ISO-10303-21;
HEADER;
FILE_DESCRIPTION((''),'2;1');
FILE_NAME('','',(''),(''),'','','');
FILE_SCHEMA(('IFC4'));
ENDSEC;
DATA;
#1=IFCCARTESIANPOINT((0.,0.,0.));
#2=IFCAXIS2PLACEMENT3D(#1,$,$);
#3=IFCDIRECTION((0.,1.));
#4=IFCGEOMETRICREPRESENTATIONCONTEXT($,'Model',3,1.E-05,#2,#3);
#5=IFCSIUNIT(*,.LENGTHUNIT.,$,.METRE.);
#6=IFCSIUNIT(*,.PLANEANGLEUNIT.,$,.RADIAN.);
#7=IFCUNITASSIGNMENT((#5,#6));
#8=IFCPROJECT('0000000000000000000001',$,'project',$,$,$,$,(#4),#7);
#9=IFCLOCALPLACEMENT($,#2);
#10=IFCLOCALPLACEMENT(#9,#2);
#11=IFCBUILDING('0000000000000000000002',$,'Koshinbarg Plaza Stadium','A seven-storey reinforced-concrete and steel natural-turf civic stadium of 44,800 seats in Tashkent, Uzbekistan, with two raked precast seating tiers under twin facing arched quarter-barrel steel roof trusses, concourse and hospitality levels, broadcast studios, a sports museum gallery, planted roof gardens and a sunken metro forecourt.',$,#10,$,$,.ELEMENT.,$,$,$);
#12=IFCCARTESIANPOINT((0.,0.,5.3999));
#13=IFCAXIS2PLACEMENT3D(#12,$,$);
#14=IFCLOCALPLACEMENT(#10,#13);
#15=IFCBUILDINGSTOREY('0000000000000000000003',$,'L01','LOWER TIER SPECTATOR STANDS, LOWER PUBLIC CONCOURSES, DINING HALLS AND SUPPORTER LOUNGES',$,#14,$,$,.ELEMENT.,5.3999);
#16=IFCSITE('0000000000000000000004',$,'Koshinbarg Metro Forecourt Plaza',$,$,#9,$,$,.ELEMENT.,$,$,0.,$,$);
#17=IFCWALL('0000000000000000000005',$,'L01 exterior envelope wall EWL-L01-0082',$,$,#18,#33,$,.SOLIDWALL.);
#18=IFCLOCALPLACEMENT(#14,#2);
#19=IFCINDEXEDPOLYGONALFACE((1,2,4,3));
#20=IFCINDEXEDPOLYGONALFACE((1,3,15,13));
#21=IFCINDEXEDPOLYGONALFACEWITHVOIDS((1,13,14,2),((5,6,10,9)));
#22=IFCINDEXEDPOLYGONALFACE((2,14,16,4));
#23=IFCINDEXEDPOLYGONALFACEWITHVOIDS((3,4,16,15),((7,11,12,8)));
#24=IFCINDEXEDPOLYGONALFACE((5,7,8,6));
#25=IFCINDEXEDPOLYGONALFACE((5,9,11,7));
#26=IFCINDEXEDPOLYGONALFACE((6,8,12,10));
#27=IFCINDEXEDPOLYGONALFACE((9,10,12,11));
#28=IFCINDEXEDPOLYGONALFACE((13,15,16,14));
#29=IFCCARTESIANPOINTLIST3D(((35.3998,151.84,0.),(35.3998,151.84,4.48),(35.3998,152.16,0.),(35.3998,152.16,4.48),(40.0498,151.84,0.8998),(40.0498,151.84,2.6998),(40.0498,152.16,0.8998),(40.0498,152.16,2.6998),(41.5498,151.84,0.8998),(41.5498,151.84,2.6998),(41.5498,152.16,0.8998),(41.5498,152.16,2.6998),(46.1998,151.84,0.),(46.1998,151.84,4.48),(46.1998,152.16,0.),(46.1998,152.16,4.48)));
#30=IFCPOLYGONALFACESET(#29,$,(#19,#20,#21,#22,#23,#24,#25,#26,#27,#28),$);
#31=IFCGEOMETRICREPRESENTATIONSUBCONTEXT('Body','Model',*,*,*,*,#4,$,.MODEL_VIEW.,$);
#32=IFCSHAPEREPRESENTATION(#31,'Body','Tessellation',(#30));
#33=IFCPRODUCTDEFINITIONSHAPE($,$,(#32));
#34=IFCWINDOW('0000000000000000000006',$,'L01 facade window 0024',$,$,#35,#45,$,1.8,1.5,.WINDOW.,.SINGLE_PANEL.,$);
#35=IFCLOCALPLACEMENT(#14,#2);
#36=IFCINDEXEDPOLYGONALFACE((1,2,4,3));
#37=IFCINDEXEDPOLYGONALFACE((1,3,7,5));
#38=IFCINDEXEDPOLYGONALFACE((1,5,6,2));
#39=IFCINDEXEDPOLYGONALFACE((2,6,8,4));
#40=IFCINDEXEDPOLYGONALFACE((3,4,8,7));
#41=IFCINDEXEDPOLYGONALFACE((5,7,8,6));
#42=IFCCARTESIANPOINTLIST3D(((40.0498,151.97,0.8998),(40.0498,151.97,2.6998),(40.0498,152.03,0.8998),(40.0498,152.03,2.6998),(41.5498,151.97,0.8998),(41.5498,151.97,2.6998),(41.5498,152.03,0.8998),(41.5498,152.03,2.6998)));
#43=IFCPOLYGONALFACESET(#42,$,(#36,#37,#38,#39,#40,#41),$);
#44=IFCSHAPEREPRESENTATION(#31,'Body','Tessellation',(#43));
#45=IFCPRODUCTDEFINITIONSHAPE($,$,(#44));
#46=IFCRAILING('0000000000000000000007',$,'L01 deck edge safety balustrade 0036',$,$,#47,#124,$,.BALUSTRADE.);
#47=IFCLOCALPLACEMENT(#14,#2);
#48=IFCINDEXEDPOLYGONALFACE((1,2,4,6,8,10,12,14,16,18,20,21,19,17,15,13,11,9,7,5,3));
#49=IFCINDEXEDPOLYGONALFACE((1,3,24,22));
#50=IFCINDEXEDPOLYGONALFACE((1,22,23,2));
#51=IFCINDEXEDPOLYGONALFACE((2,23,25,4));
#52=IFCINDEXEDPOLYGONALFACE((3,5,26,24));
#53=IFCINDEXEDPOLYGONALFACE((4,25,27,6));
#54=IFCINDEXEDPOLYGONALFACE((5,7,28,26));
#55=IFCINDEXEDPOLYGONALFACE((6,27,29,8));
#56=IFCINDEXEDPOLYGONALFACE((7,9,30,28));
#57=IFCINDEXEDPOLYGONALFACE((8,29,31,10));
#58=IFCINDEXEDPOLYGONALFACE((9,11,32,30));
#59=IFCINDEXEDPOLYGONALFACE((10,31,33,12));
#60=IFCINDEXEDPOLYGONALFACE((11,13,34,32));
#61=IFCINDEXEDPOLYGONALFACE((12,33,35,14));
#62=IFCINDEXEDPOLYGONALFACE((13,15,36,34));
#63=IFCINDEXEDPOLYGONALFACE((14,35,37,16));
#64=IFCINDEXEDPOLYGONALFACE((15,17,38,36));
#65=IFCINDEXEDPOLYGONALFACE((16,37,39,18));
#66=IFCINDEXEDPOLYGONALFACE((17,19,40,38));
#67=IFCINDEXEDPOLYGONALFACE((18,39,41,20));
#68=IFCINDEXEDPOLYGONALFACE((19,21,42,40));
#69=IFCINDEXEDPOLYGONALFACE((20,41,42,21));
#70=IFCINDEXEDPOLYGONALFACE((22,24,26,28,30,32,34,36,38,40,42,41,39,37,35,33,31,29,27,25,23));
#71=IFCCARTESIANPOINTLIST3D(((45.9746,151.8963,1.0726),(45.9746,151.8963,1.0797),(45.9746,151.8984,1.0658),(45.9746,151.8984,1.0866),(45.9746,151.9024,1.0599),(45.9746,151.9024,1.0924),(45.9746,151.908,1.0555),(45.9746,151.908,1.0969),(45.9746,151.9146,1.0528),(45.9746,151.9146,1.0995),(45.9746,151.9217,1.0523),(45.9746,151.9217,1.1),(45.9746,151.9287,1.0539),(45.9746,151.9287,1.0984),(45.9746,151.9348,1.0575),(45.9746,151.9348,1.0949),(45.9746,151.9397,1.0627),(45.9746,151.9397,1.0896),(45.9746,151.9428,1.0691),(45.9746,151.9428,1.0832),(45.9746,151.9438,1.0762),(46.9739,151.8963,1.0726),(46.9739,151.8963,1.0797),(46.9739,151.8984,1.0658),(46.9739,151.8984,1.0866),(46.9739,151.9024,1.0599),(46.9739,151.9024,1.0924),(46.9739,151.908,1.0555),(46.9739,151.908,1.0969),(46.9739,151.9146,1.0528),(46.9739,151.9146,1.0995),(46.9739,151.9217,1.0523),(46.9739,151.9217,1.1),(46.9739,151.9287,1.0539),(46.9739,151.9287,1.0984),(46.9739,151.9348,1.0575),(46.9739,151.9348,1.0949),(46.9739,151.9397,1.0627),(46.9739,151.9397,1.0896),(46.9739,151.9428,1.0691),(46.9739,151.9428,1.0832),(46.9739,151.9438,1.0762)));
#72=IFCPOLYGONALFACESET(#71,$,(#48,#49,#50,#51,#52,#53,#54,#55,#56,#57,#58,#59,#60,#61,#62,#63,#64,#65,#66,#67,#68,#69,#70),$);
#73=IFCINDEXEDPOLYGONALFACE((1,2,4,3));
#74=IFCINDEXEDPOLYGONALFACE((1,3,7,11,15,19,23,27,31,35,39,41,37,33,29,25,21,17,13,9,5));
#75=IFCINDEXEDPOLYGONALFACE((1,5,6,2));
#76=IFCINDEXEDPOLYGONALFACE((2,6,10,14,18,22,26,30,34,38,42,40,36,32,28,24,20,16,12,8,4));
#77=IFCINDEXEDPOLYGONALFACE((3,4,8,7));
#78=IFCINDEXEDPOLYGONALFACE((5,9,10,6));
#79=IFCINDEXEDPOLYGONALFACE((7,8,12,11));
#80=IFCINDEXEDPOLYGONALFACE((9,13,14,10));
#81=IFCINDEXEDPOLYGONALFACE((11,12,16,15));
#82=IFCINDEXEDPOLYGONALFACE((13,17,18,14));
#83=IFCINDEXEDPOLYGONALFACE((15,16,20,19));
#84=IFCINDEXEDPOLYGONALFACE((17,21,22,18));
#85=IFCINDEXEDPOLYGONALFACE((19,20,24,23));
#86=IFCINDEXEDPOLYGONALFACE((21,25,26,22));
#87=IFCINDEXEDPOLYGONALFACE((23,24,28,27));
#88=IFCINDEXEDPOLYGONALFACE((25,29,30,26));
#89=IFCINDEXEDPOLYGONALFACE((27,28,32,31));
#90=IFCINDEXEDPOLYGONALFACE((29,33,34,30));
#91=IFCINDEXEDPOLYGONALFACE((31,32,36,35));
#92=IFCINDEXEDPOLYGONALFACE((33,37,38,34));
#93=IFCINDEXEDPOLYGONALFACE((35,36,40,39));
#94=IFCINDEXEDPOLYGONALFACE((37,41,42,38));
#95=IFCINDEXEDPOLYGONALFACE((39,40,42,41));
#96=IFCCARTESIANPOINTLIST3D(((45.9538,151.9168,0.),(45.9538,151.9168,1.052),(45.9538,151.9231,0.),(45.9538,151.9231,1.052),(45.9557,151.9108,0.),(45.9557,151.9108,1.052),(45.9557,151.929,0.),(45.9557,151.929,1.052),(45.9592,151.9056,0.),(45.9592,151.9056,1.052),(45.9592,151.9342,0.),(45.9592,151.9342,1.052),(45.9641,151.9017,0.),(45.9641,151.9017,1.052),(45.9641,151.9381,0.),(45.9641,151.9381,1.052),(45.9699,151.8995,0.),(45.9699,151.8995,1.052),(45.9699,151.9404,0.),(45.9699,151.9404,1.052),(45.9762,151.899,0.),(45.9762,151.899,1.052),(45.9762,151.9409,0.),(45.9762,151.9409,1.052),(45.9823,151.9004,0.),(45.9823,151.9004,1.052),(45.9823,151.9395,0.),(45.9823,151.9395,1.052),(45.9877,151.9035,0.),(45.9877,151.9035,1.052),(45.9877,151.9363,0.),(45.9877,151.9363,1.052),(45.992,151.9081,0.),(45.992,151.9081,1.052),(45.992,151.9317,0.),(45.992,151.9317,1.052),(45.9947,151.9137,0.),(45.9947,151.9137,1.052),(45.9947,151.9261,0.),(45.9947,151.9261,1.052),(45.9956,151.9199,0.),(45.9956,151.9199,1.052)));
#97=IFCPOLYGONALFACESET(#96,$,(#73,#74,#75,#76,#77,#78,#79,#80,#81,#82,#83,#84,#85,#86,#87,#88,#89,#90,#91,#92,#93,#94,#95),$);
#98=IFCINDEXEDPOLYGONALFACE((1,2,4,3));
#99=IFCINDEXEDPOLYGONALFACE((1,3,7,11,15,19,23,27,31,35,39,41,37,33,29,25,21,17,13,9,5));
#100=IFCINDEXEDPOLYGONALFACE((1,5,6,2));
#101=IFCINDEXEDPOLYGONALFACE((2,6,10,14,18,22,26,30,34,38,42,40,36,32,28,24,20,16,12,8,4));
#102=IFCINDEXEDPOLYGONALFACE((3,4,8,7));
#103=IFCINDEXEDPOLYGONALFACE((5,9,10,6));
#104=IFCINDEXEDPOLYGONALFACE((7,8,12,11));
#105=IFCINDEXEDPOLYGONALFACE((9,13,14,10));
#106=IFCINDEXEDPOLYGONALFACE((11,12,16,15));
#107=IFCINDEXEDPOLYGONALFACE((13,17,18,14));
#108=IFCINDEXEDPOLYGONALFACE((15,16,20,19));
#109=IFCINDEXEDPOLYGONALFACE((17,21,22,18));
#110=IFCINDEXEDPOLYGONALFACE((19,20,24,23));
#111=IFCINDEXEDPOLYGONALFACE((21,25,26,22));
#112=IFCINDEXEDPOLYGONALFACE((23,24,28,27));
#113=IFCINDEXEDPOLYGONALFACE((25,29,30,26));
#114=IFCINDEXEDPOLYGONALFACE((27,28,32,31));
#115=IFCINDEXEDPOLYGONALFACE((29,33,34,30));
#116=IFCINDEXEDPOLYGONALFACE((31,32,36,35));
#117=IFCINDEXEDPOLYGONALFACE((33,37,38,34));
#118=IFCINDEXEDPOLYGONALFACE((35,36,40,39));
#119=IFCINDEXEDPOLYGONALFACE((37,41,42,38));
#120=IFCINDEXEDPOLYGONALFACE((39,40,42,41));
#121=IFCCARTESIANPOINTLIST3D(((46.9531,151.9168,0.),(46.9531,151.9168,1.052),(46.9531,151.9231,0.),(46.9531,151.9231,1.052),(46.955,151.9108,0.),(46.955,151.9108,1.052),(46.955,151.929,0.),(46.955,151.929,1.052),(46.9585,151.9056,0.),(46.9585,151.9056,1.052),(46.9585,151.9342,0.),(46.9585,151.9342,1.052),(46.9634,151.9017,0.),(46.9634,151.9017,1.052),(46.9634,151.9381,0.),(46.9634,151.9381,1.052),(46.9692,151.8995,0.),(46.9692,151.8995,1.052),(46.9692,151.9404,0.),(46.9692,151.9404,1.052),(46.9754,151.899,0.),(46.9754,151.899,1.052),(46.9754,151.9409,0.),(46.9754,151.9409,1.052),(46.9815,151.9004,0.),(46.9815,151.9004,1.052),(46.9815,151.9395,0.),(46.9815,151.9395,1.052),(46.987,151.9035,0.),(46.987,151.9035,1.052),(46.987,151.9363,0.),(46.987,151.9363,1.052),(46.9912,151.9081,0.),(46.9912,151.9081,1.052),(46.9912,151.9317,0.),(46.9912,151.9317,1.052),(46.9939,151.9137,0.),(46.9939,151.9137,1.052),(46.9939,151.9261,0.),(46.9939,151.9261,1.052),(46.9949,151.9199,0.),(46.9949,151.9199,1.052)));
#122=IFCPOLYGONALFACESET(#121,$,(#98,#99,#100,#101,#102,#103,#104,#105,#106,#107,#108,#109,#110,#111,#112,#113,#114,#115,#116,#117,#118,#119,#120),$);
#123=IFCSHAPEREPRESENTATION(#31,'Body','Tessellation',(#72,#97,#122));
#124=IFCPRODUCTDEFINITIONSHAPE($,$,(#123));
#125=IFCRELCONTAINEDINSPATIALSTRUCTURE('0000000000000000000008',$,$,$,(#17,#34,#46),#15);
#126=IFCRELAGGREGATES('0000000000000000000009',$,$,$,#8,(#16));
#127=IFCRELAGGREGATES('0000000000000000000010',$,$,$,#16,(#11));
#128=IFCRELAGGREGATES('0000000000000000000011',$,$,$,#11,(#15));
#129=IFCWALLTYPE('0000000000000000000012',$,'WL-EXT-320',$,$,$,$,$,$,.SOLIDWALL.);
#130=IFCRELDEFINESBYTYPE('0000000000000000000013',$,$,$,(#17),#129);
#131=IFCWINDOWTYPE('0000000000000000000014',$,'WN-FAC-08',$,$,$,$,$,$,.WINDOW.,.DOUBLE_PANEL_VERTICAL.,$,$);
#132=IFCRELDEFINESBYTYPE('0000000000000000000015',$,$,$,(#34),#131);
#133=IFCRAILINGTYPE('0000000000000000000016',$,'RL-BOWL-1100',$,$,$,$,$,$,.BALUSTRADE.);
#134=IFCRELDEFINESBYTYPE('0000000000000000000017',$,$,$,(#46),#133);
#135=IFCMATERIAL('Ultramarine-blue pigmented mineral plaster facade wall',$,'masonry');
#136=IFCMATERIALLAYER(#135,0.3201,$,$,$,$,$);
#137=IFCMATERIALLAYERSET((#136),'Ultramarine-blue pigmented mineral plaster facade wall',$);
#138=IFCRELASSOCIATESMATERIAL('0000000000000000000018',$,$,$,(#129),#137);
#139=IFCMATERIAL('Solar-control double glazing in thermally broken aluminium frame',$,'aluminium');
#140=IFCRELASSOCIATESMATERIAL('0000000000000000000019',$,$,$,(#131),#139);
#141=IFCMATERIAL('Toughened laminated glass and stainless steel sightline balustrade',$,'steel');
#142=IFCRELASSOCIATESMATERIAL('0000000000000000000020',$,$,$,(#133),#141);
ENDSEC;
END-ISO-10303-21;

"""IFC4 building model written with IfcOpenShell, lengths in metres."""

from ifc_helpers import new_model, si_unit, direction, frame, frame_2d, origin, origin_2d, place, context, subcontext, project, spatial, rectangle, circle, extrude, material, layer, layer_set, type_object, element, fill, save


model = new_model("IFC4")

# Units and contexts
model_context = context("Model", 3, precision=1e-05, world=origin(), true_north=direction((0.0, 1.0)))
body_context = subcontext(model_context, "Body", "Model", "MODEL_VIEW")
ifc_project = project(units=[si_unit("LENGTHUNIT", "METRE"), si_unit("PLANEANGLEUNIT", "RADIAN")], contexts=[model_context])

# Site, building, storey
site_placement = place(None, origin())
site = spatial("IfcSite", under=ifc_project, at=site_placement, Name="Koshinbarg Metro Forecourt Plaza", CompositionType="ELEMENT", RefElevation=0.0)
building_placement = place(site_placement, origin())
building = spatial("IfcBuilding", under=site, at=building_placement, Name="Koshinbarg Plaza Stadium", Description="A seven-storey reinforced-concrete and steel natural-turf civic stadium of 44,800 seats in Tashkent, Uzbekistan, with two raked precast seating tiers under twin facing arched quarter-barrel steel roof trusses, concourse and hospitality levels, broadcast studios, a sports museum gallery, planted roof gardens and a sunken metro forecourt.", CompositionType="ELEMENT")
storey_placement = place(building_placement, frame((0.0, 0.0, 5.3999)))
storey = spatial("IfcBuildingStorey", under=building, at=storey_placement, Name="L01", Description="LOWER TIER SPECTATOR STANDS, LOWER PUBLIC CONCOURSES, DINING HALLS AND SUPPORTER LOUNGES", CompositionType="ELEMENT", Elevation=5.3999)

# Wall, opening, window
ifc_material_1 = material(Name="Ultramarine-blue pigmented mineral plaster facade wall", Category="masonry")
ifc_layer_1 = layer(ifc_material_1, 0.3201)
ifc_layer_set_1 = layer_set([ifc_layer_1], Name="Ultramarine-blue pigmented mineral plaster facade wall")
wall_type = type_object("IfcWallType", Name="WL-EXT-320", PredefinedType="SOLIDWALL", material=ifc_layer_set_1)
wall_placement = place(storey_placement, frame((35.3999, 152.0, 0.0), z_axis=(0.0, 0.0, 1.0), x_axis=(1.0, 0.0, 0.0)))
wall = element("IfcWall", 1, at=wall_placement, inside=storey, type_object=wall_type, Name="L01 exterior envelope wall EWL-L01-0082", PredefinedType="SOLIDWALL", context=body_context, shape_type="SweptSolid", body=[
    extrude(rectangle(XDim=10.8, YDim=0.3201, at=frame_2d((5.3999, 0.0))), origin(), (0.0, 0.0, 1.0), 4.48),
])
opening_placement = place(wall_placement, frame((4.6499, 0.0, 0.8999)))
opening = element("IfcOpeningElement", 2, at=opening_placement, cuts=wall, PredefinedType="OPENING", context=body_context, shape_type="SweptSolid", body=[
    extrude(rectangle(XDim=1.5, YDim=1.8, at=frame_2d((0.75, 0.8999))), frame((0.0, 0.1699, 0.0), z_axis=(0.0, -1.0, 0.0), x_axis=(1.0, 0.0, 0.0)), (0.0, 0.0, 1.0), 0.3401),
])
ifc_material_2 = material(Name="Solar-control double glazing in thermally broken aluminium frame", Category="aluminium")
window_type = type_object("IfcWindowType", Name="WN-FAC-08", PartitioningType="DOUBLE_PANEL_VERTICAL", PredefinedType="WINDOW", material=ifc_material_2)
window_placement = place(opening_placement, origin())
window = element("IfcWindow", 3, at=window_placement, inside=storey, type_object=window_type, Name="L01 facade window 0024", OverallHeight=1.8, OverallWidth=1.5, PartitioningType="SINGLE_PANEL", PredefinedType="WINDOW", context=body_context, shape_type="SweptSolid", body=[
    extrude(rectangle(XDim=1.5, YDim=1.8, at=frame_2d((0.75, 0.8999))), frame((0.0, 0.03, 0.0), z_axis=(0.0, -1.0, 0.0), x_axis=(1.0, 0.0, 0.0)), (0.0, 0.0, 1.0), 0.0601),
])
fill(opening, window)

# Railing
ifc_material_3 = material(Name="Toughened laminated glass and stainless steel sightline balustrade", Category="steel")
railing_type = type_object("IfcRailingType", Name="RL-BOWL-1100", PredefinedType="BALUSTRADE", material=ifc_material_3)
railing_placement = place(storey_placement, frame((45.9746, 151.9199, 0.0)))
element("IfcRailing", 4, at=railing_placement, inside=storey, type_object=railing_type, Name="L01 deck edge safety balustrade 0036", PredefinedType="BALUSTRADE", context=body_context, shape_type="SweptSolid", body=[
    extrude(circle(Radius=0.0239, at=origin_2d()), frame((0.0, 0.0, 1.0762), z_axis=(1.0, 0.0, 0.0), x_axis=(0.0, 1.0, 0.0)), (0.0, 0.0, 1.0), 0.9993),
    extrude(circle(Radius=0.021, at=origin_2d()), origin(), (0.0, 0.0, 1.0), 1.052),
    extrude(circle(Radius=0.021, at=origin_2d()), frame((0.9993, 0.0, 0.0)), (0.0, 0.0, 1.0), 1.052),
])

save(model, "model.ifc")
